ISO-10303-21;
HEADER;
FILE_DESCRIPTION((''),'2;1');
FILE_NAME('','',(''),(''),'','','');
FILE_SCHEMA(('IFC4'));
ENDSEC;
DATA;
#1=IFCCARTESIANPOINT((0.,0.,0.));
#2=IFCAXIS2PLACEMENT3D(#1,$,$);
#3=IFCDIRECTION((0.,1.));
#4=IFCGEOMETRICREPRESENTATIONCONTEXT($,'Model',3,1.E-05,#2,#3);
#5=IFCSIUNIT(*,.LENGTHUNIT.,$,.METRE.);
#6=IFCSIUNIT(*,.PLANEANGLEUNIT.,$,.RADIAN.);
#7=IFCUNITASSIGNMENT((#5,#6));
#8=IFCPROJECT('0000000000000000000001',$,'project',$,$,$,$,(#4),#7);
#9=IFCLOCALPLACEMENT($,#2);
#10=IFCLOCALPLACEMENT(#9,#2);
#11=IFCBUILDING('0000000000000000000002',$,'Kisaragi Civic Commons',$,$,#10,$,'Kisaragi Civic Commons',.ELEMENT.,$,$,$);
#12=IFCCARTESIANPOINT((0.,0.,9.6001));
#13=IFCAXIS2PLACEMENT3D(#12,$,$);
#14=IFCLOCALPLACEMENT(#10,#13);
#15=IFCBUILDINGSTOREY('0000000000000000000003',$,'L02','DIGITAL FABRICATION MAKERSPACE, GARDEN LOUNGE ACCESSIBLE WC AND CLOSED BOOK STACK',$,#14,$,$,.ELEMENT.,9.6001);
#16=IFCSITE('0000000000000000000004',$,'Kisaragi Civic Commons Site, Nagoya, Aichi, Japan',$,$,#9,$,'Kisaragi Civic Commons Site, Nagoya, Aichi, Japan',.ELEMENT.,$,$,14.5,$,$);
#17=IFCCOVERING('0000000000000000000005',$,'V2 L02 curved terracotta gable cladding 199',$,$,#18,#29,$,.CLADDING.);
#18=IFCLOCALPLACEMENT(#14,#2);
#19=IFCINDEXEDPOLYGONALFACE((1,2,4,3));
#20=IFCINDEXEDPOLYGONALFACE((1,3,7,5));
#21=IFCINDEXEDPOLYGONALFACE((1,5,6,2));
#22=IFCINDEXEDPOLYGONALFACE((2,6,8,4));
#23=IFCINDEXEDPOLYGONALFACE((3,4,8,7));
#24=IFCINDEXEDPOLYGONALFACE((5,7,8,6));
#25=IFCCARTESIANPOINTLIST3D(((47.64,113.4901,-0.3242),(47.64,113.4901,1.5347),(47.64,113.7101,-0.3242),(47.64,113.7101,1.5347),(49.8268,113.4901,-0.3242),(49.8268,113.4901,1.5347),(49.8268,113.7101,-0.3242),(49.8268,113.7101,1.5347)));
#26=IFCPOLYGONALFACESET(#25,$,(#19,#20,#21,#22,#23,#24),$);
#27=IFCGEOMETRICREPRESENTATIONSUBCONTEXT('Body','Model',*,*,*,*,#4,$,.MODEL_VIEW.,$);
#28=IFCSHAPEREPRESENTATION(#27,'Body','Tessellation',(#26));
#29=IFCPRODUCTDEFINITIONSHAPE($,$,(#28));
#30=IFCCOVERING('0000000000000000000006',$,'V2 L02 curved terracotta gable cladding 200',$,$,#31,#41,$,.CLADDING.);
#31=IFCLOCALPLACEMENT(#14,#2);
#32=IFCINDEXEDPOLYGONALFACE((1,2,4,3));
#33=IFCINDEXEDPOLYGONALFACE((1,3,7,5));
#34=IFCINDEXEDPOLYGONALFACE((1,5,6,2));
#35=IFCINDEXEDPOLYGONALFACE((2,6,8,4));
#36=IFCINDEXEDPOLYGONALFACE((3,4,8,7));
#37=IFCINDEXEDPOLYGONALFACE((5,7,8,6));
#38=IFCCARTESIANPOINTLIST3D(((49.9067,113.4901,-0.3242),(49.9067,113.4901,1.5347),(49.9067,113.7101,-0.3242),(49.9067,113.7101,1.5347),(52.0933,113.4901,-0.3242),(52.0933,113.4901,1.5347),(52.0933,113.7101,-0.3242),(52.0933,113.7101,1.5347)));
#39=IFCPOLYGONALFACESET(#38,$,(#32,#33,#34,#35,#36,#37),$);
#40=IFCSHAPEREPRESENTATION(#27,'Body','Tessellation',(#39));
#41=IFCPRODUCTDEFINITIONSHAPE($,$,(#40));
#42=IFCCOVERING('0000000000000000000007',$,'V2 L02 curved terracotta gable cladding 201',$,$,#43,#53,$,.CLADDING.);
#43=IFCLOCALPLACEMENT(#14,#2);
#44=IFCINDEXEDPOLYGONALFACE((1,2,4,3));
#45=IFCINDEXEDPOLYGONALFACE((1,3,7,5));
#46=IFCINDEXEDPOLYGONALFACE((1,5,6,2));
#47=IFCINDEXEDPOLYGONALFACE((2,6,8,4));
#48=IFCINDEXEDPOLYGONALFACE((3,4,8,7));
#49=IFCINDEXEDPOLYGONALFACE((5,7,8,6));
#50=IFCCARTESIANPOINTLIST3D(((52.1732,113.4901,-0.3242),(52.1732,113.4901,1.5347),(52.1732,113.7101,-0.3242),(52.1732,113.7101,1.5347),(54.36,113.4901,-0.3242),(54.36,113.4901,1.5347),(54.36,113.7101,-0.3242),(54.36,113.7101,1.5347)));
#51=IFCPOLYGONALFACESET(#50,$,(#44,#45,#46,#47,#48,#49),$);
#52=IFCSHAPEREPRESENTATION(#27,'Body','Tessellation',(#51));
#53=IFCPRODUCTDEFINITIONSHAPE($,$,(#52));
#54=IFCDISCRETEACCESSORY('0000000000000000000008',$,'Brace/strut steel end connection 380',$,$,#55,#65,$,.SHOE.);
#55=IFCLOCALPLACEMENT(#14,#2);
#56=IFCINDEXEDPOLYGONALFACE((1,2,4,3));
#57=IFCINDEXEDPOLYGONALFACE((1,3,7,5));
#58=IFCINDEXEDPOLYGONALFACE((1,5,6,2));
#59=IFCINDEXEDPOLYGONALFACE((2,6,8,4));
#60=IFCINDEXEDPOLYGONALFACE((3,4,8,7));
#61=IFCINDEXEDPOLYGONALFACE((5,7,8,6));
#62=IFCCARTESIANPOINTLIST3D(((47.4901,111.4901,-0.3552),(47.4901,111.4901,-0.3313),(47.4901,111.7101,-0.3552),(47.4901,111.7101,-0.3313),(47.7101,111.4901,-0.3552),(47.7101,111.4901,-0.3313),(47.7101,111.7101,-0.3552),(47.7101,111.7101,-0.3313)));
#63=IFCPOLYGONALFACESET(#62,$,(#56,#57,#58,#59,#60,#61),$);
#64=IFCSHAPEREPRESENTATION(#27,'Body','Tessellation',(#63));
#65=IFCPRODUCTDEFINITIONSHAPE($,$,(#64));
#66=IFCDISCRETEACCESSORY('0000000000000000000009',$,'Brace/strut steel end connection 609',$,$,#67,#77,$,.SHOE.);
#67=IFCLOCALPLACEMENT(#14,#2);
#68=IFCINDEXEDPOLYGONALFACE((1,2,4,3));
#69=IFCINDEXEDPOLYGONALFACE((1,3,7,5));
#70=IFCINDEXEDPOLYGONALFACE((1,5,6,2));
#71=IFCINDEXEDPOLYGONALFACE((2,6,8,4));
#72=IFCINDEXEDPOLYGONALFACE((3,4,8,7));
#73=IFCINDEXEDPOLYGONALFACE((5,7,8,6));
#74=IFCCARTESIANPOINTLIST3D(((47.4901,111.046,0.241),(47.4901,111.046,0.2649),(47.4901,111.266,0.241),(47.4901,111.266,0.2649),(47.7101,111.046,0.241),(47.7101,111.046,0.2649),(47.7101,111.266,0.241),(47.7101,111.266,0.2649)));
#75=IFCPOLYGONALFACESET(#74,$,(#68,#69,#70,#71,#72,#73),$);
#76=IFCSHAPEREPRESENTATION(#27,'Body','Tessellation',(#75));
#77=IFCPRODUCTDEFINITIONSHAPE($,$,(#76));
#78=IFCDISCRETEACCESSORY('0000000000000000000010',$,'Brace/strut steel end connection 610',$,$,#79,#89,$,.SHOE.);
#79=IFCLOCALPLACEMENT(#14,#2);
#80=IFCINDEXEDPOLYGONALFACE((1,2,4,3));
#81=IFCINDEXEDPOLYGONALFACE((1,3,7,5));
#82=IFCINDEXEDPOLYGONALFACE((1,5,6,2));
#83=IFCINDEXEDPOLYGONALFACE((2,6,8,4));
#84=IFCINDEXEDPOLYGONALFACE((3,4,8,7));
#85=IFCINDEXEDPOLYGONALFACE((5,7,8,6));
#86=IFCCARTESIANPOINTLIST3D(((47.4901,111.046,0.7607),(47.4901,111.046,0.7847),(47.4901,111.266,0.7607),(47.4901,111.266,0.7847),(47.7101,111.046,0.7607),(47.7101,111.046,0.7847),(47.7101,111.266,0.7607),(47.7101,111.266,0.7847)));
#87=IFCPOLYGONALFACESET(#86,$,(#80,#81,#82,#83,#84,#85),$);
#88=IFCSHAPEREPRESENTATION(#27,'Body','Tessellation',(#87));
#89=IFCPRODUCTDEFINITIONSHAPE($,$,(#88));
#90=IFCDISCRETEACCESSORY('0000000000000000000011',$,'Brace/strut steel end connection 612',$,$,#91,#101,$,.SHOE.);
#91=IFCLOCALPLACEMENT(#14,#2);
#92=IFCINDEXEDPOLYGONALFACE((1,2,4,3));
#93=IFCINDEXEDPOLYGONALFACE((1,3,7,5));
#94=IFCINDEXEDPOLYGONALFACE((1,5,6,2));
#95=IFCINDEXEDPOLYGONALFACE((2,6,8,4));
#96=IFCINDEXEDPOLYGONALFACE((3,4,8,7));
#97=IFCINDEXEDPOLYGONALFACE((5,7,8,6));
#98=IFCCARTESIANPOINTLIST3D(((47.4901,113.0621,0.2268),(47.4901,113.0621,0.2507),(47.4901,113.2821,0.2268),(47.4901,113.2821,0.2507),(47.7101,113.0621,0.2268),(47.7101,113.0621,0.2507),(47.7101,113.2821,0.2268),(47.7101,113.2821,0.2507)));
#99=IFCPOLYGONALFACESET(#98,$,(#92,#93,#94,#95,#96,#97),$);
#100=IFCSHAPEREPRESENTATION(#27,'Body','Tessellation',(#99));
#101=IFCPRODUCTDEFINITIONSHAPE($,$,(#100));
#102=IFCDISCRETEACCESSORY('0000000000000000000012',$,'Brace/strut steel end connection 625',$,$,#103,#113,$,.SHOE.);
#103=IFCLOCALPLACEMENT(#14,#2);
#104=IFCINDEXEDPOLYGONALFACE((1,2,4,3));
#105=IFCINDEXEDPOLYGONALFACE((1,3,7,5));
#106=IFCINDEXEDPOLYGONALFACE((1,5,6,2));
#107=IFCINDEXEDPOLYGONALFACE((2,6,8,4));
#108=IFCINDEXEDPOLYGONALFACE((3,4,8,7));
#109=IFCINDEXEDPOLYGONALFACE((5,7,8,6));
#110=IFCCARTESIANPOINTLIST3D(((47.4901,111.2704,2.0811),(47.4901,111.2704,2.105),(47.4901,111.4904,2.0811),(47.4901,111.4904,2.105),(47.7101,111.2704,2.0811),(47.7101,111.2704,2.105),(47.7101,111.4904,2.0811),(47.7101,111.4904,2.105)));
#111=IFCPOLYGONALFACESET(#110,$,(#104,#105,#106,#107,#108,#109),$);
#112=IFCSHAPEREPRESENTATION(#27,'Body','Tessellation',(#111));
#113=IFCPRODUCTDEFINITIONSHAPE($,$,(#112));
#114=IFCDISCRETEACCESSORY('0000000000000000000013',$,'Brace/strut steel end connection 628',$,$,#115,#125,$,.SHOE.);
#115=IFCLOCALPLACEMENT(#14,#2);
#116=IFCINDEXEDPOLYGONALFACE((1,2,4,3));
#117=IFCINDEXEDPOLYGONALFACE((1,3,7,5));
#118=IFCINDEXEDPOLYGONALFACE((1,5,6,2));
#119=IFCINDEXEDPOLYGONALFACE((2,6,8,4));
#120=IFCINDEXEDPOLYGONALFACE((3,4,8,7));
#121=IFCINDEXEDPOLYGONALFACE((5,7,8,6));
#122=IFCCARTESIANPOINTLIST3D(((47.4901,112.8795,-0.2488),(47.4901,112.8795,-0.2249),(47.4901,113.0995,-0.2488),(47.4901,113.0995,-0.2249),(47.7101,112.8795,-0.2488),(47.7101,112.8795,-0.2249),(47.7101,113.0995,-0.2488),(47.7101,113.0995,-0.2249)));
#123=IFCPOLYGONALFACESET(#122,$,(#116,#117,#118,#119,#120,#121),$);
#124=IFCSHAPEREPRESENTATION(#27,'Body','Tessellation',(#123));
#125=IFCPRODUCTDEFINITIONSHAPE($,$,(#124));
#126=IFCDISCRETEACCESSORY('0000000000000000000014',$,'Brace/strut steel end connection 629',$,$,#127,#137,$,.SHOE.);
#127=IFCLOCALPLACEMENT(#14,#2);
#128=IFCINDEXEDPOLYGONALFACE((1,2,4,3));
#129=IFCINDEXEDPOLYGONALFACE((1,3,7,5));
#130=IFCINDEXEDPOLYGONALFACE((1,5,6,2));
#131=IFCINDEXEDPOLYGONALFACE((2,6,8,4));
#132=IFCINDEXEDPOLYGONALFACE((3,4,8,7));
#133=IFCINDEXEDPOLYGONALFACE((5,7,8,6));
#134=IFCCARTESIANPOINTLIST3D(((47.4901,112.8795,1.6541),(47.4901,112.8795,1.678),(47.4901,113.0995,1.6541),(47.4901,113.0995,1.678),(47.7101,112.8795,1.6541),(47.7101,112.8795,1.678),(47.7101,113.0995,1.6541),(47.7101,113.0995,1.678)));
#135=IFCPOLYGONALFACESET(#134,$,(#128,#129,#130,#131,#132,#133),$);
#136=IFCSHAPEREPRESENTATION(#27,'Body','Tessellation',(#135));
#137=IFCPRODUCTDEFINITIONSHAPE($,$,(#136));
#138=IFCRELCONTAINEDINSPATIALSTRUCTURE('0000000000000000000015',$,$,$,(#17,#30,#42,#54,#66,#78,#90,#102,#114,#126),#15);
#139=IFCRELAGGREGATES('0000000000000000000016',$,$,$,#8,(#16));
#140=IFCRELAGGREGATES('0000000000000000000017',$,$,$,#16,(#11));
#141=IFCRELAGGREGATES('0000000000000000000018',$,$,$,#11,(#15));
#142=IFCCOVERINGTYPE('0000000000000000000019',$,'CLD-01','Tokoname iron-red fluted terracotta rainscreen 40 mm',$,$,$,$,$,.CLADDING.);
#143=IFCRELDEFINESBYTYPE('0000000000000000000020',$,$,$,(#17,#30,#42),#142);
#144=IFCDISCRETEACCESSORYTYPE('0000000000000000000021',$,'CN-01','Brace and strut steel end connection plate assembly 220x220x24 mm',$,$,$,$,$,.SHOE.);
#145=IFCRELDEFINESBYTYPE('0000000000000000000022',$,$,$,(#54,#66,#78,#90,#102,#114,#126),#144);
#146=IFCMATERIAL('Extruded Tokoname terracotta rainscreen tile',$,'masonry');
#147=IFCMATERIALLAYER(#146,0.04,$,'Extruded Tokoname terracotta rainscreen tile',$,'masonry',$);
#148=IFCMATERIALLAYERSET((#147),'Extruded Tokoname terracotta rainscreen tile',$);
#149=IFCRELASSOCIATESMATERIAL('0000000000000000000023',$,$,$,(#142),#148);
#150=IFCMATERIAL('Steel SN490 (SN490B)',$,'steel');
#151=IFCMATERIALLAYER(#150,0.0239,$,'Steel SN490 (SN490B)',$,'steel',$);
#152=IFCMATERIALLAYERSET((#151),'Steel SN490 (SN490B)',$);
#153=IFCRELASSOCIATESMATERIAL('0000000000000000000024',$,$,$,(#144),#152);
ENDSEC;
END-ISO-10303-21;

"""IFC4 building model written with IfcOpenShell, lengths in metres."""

from ifc_helpers import new_model, si_unit, direction, frame, origin, origin_2d, place, context, subcontext, project, spatial, rectangle, extrude, material, layer, layer_set, type_object, element, save


model = new_model("IFC4")

# Units and contexts
model_context = context("Model", 3, precision=1e-05, world=origin(), true_north=direction((0.0, 1.0)))
body_context = subcontext(model_context, "Body", "Model", "MODEL_VIEW")
ifc_project = project(units=[si_unit("LENGTHUNIT", "METRE"), si_unit("PLANEANGLEUNIT", "RADIAN")], contexts=[model_context])

# Site, building, storey
site_placement = place(None, origin())
site = spatial("IfcSite", under=ifc_project, at=site_placement, Name="Kisaragi Civic Commons Site, Nagoya, Aichi, Japan", LongName="Kisaragi Civic Commons Site, Nagoya, Aichi, Japan", CompositionType="ELEMENT", RefElevation=14.5)
building_placement = place(site_placement, origin())
building = spatial("IfcBuilding", under=site, at=building_placement, Name="Kisaragi Civic Commons", LongName="Kisaragi Civic Commons", CompositionType="ELEMENT")
storey_placement = place(building_placement, frame((0.0, 0.0, 9.6001)))
storey = spatial("IfcBuildingStorey", under=building, at=storey_placement, Name="L02", Description="DIGITAL FABRICATION MAKERSPACE, GARDEN LOUNGE ACCESSIBLE WC AND CLOSED BOOK STACK", CompositionType="ELEMENT", Elevation=9.6001)

# Shared definitions
ifc_material_1 = material(Name="Steel SN490 (SN490B)", Category="steel")

# Coverings
ifc_material_2 = material(Name="Extruded Tokoname terracotta rainscreen tile", Category="masonry")
ifc_layer_1 = layer(ifc_material_2, 0.04, Name="Extruded Tokoname terracotta rainscreen tile", Category="masonry")
ifc_layer_set_1 = layer_set([ifc_layer_1], Name="Extruded Tokoname terracotta rainscreen tile")
covering_type = type_object("IfcCoveringType", Name="CLD-01", Description="Tokoname iron-red fluted terracotta rainscreen 40 mm", PredefinedType="CLADDING", material=ifc_layer_set_1)
covering_1_placement = place(storey_placement, frame((48.7334, 113.6001, -0.3242), z_axis=(0.0, 0.0, 1.0), x_axis=(1.0, 0.0, 0.0)))
element("IfcCovering", 1, at=covering_1_placement, inside=storey, type_object=covering_type, Name="V2 L02 curved terracotta gable cladding 199", PredefinedType="CLADDING", context=body_context, shape_type="SweptSolid", body=[
    extrude(rectangle(XDim=2.1868, YDim=0.22, at=origin_2d()), origin(), (0.0, 0.0, 1.0), 1.8589),
])
covering_2_placement = place(storey_placement, frame((51.0, 113.6001, -0.3242), z_axis=(0.0, 0.0, 1.0), x_axis=(1.0, 0.0, 0.0)))
element("IfcCovering", 2, at=covering_2_placement, inside=storey, type_object=covering_type, Name="V2 L02 curved terracotta gable cladding 200", PredefinedType="CLADDING", context=body_context, shape_type="SweptSolid", body=[
    extrude(rectangle(XDim=2.1865, YDim=0.22, at=origin_2d()), origin(), (0.0, 0.0, 1.0), 1.8589),
])
covering_3_placement = place(storey_placement, frame((53.2666, 113.6001, -0.3242), z_axis=(0.0, 0.0, 1.0), x_axis=(1.0, 0.0, 0.0)))
element("IfcCovering", 3, at=covering_3_placement, inside=storey, type_object=covering_type, Name="V2 L02 curved terracotta gable cladding 201", PredefinedType="CLADDING", context=body_context, shape_type="SweptSolid", body=[
    extrude(rectangle(XDim=2.1868, YDim=0.22, at=origin_2d()), origin(), (0.0, 0.0, 1.0), 1.8589),
])

# Discrete accessories
ifc_layer_2 = layer(ifc_material_1, 0.0239, Name="Steel SN490 (SN490B)", Category="steel")
ifc_layer_set_2 = layer_set([ifc_layer_2], Name="Steel SN490 (SN490B)")
discrete_accessory_type = type_object("IfcDiscreteAccessoryType", Name="CN-01", Description="Brace and strut steel end connection plate assembly 220x220x24 mm", PredefinedType="SHOE", material=ifc_layer_set_2)
for number, where, z_axis, x_axis, name in (
    (4, (47.6001, 111.6001, -0.3552), (0.0, 0.0, 1.0), (1.0, 0.0, 0.0), "Brace/strut steel end connection 380"),
    (5, (47.6001, 111.156, 0.241), (0.0, 0.0, 1.0), (1.0, 0.0, 0.0), "Brace/strut steel end connection 609"),
    (6, (47.6001, 111.156, 0.7607), (0.0, 0.0, 1.0), (1.0, 0.0, 0.0), "Brace/strut steel end connection 610"),
    (7, (47.6001, 113.1721, 0.2268), (0.0, 0.0, 1.0), (1.0, 0.0, 0.0), "Brace/strut steel end connection 612"),
    (8, (47.6001, 111.3804, 2.0811), (0.0, 0.0, 1.0), (1.0, 0.0, 0.0), "Brace/strut steel end connection 625"),
    (9, (47.6001, 112.9895, -0.2488), (0.0, 0.0, 1.0), (1.0, 0.0, 0.0), "Brace/strut steel end connection 628"),
    (10, (47.6001, 112.9895, 1.6541), (0.0, 0.0, 1.0), (1.0, 0.0, 0.0), "Brace/strut steel end connection 629"),
):
    element("IfcDiscreteAccessory", number, at=place(storey_placement, frame(where, z_axis=z_axis, x_axis=x_axis)), inside=storey, type_object=discrete_accessory_type, Name=name, PredefinedType="SHOE", context=body_context, shape_type="SweptSolid", body=[
        extrude(rectangle(XDim=0.22, YDim=0.22, at=origin_2d()), origin(), (0.0, 0.0, 1.0), 0.0239),
    ])

save(model, "model.ifc")
